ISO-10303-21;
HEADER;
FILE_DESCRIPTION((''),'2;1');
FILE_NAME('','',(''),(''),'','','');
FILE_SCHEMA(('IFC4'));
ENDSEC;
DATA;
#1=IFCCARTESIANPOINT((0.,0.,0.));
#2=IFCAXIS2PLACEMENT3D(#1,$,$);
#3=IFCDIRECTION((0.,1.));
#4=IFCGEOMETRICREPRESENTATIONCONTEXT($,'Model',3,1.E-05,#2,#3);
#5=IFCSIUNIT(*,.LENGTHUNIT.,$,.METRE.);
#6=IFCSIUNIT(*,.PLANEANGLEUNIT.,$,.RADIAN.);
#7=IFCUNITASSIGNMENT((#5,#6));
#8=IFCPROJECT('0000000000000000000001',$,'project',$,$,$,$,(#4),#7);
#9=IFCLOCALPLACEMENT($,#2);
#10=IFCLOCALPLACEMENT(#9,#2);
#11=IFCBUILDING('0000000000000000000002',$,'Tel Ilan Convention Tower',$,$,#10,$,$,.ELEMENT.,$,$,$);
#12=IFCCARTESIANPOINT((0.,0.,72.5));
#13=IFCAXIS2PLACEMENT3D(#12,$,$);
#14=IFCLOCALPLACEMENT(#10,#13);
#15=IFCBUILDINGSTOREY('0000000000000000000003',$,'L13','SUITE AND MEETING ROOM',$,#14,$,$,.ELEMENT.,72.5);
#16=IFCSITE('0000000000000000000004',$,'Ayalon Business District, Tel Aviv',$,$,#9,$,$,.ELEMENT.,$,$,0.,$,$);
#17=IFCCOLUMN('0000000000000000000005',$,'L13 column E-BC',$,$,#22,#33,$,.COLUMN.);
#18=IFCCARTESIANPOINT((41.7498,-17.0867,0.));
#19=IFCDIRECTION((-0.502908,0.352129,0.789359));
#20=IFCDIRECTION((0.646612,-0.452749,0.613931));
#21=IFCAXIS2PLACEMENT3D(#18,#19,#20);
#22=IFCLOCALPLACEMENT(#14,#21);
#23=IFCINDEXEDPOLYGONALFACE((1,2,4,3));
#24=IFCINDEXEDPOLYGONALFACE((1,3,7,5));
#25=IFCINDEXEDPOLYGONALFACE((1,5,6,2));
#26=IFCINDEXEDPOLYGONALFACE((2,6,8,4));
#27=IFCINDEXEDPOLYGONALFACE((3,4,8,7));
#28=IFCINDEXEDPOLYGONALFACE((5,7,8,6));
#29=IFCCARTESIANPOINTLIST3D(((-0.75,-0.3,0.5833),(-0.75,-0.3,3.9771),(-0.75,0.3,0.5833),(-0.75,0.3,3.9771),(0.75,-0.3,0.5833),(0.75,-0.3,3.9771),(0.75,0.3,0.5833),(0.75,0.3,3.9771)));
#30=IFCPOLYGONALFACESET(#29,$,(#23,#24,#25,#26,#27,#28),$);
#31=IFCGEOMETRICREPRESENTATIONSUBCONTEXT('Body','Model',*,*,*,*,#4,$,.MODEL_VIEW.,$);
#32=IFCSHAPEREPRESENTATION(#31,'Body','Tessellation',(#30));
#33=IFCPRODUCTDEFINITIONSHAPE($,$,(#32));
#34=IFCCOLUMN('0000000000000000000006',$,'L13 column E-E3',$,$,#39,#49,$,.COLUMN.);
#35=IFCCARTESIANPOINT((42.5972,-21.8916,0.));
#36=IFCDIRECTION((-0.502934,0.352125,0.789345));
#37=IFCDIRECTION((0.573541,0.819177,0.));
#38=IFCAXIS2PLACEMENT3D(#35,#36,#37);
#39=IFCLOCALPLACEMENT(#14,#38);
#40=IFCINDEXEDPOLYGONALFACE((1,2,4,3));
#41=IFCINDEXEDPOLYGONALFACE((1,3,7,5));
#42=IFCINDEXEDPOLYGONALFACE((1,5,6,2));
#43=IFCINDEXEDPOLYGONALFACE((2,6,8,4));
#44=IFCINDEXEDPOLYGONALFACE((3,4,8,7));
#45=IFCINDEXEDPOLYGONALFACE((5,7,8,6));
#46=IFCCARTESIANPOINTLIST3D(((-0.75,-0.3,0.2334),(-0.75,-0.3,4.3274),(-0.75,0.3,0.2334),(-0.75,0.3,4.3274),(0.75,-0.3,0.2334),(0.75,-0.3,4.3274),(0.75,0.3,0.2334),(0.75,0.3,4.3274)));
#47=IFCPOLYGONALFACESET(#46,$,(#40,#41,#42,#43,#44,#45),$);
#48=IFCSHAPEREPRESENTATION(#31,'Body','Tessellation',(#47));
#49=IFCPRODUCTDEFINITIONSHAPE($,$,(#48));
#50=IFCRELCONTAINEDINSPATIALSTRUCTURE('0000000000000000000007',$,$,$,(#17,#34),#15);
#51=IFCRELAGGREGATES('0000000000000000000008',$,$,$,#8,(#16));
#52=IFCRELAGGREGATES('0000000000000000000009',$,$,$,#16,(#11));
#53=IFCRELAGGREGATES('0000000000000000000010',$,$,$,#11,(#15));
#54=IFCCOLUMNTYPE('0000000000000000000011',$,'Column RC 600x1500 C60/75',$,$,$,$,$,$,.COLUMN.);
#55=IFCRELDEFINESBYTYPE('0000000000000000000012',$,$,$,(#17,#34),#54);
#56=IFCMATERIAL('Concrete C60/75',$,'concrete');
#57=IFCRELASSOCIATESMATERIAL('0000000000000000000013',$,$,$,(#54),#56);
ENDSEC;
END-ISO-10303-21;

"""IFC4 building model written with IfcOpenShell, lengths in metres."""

from ifc_helpers import new_model, si_unit, direction, frame, origin, origin_2d, place, context, subcontext, project, spatial, rectangle, extrude, clip, halfspace, material, material_profile, profile_set, type_object, element, save


model = new_model("IFC4")

# Units and contexts
model_context = context("Model", 3, precision=1e-05, world=origin(), true_north=direction((0.0, 1.0)))
body_context = subcontext(model_context, "Body", "Model", "MODEL_VIEW")
ifc_project = project(units=[si_unit("LENGTHUNIT", "METRE"), si_unit("PLANEANGLEUNIT", "RADIAN")], contexts=[model_context])

# Site, building, storey
site_placement = place(None, origin())
site = spatial("IfcSite", under=ifc_project, at=site_placement, Name="Ayalon Business District, Tel Aviv", CompositionType="ELEMENT", RefElevation=0.0)
building_placement = place(site_placement, origin())
building = spatial("IfcBuilding", under=site, at=building_placement, Name="Tel Ilan Convention Tower", CompositionType="ELEMENT")
storey_placement = place(building_placement, frame((0.0, 0.0, 72.5)))
storey = spatial("IfcBuildingStorey", under=building, at=storey_placement, Name="L13", Description="SUITE AND MEETING ROOM", CompositionType="ELEMENT", Elevation=72.5)

# Columns
ifc_material_1 = material(Name="Concrete C60/75", Category="concrete")
ifc_material_profile_1 = material_profile(ifc_material_1, rectangle(XDim=1.5, YDim=0.6001, at=origin_2d()), Name="RC 600x1500")
ifc_profile_set_1 = profile_set([ifc_material_profile_1], Name="Concrete C60/75")
column_type = type_object("IfcColumnType", Name="Column RC 600x1500 C60/75", PredefinedType="COLUMN", material=ifc_profile_set_1)
column_1_placement = place(storey_placement, frame((41.7498, -17.0867, 0.0), z_axis=(-0.502908, 0.352129, 0.789359), x_axis=(0.646612, -0.452749, 0.613931)))
element("IfcColumn", 1, at=column_1_placement, inside=storey, type_object=column_type, Name="L13 column E-BC", PredefinedType="COLUMN", context=body_context, shape_type="Clipping", body=[
    clip(clip(extrude(rectangle(XDim=1.5, YDim=0.6001, at=origin_2d()), origin(), (0.0, 0.0, 1.0), 4.5605), halfspace(frame((0.0, 0.0, 0.5833), z_axis=(0.0, 0.0, 1.0), x_axis=(1.0, 0.0, 0.0)), True)), halfspace(frame((0.0, 0.0, 3.9771), z_axis=(0.0, 0.0, 1.0), x_axis=(1.0, 0.0, 0.0)), False)),
])
column_2_placement = place(storey_placement, frame((42.5972, -21.8916, 0.0), z_axis=(-0.502934, 0.352125, 0.789345), x_axis=(0.573541, 0.819177, 0.0)))
element("IfcColumn", 2, at=column_2_placement, inside=storey, type_object=column_type, Name="L13 column E-E3", PredefinedType="COLUMN", context=body_context, shape_type="Clipping", body=[
    clip(clip(extrude(rectangle(XDim=1.5, YDim=0.6001, at=origin_2d()), origin(), (0.0, 0.0, 1.0), 4.5608), halfspace(frame((0.0, 0.0, 0.2334), z_axis=(0.0, 0.0, 1.0), x_axis=(1.0, 0.0, 0.0)), True)), halfspace(frame((0.0, 0.0, 4.3274), z_axis=(0.0, 0.0, 1.0), x_axis=(1.0, 0.0, 0.0)), False)),
])

save(model, "model.ifc")
